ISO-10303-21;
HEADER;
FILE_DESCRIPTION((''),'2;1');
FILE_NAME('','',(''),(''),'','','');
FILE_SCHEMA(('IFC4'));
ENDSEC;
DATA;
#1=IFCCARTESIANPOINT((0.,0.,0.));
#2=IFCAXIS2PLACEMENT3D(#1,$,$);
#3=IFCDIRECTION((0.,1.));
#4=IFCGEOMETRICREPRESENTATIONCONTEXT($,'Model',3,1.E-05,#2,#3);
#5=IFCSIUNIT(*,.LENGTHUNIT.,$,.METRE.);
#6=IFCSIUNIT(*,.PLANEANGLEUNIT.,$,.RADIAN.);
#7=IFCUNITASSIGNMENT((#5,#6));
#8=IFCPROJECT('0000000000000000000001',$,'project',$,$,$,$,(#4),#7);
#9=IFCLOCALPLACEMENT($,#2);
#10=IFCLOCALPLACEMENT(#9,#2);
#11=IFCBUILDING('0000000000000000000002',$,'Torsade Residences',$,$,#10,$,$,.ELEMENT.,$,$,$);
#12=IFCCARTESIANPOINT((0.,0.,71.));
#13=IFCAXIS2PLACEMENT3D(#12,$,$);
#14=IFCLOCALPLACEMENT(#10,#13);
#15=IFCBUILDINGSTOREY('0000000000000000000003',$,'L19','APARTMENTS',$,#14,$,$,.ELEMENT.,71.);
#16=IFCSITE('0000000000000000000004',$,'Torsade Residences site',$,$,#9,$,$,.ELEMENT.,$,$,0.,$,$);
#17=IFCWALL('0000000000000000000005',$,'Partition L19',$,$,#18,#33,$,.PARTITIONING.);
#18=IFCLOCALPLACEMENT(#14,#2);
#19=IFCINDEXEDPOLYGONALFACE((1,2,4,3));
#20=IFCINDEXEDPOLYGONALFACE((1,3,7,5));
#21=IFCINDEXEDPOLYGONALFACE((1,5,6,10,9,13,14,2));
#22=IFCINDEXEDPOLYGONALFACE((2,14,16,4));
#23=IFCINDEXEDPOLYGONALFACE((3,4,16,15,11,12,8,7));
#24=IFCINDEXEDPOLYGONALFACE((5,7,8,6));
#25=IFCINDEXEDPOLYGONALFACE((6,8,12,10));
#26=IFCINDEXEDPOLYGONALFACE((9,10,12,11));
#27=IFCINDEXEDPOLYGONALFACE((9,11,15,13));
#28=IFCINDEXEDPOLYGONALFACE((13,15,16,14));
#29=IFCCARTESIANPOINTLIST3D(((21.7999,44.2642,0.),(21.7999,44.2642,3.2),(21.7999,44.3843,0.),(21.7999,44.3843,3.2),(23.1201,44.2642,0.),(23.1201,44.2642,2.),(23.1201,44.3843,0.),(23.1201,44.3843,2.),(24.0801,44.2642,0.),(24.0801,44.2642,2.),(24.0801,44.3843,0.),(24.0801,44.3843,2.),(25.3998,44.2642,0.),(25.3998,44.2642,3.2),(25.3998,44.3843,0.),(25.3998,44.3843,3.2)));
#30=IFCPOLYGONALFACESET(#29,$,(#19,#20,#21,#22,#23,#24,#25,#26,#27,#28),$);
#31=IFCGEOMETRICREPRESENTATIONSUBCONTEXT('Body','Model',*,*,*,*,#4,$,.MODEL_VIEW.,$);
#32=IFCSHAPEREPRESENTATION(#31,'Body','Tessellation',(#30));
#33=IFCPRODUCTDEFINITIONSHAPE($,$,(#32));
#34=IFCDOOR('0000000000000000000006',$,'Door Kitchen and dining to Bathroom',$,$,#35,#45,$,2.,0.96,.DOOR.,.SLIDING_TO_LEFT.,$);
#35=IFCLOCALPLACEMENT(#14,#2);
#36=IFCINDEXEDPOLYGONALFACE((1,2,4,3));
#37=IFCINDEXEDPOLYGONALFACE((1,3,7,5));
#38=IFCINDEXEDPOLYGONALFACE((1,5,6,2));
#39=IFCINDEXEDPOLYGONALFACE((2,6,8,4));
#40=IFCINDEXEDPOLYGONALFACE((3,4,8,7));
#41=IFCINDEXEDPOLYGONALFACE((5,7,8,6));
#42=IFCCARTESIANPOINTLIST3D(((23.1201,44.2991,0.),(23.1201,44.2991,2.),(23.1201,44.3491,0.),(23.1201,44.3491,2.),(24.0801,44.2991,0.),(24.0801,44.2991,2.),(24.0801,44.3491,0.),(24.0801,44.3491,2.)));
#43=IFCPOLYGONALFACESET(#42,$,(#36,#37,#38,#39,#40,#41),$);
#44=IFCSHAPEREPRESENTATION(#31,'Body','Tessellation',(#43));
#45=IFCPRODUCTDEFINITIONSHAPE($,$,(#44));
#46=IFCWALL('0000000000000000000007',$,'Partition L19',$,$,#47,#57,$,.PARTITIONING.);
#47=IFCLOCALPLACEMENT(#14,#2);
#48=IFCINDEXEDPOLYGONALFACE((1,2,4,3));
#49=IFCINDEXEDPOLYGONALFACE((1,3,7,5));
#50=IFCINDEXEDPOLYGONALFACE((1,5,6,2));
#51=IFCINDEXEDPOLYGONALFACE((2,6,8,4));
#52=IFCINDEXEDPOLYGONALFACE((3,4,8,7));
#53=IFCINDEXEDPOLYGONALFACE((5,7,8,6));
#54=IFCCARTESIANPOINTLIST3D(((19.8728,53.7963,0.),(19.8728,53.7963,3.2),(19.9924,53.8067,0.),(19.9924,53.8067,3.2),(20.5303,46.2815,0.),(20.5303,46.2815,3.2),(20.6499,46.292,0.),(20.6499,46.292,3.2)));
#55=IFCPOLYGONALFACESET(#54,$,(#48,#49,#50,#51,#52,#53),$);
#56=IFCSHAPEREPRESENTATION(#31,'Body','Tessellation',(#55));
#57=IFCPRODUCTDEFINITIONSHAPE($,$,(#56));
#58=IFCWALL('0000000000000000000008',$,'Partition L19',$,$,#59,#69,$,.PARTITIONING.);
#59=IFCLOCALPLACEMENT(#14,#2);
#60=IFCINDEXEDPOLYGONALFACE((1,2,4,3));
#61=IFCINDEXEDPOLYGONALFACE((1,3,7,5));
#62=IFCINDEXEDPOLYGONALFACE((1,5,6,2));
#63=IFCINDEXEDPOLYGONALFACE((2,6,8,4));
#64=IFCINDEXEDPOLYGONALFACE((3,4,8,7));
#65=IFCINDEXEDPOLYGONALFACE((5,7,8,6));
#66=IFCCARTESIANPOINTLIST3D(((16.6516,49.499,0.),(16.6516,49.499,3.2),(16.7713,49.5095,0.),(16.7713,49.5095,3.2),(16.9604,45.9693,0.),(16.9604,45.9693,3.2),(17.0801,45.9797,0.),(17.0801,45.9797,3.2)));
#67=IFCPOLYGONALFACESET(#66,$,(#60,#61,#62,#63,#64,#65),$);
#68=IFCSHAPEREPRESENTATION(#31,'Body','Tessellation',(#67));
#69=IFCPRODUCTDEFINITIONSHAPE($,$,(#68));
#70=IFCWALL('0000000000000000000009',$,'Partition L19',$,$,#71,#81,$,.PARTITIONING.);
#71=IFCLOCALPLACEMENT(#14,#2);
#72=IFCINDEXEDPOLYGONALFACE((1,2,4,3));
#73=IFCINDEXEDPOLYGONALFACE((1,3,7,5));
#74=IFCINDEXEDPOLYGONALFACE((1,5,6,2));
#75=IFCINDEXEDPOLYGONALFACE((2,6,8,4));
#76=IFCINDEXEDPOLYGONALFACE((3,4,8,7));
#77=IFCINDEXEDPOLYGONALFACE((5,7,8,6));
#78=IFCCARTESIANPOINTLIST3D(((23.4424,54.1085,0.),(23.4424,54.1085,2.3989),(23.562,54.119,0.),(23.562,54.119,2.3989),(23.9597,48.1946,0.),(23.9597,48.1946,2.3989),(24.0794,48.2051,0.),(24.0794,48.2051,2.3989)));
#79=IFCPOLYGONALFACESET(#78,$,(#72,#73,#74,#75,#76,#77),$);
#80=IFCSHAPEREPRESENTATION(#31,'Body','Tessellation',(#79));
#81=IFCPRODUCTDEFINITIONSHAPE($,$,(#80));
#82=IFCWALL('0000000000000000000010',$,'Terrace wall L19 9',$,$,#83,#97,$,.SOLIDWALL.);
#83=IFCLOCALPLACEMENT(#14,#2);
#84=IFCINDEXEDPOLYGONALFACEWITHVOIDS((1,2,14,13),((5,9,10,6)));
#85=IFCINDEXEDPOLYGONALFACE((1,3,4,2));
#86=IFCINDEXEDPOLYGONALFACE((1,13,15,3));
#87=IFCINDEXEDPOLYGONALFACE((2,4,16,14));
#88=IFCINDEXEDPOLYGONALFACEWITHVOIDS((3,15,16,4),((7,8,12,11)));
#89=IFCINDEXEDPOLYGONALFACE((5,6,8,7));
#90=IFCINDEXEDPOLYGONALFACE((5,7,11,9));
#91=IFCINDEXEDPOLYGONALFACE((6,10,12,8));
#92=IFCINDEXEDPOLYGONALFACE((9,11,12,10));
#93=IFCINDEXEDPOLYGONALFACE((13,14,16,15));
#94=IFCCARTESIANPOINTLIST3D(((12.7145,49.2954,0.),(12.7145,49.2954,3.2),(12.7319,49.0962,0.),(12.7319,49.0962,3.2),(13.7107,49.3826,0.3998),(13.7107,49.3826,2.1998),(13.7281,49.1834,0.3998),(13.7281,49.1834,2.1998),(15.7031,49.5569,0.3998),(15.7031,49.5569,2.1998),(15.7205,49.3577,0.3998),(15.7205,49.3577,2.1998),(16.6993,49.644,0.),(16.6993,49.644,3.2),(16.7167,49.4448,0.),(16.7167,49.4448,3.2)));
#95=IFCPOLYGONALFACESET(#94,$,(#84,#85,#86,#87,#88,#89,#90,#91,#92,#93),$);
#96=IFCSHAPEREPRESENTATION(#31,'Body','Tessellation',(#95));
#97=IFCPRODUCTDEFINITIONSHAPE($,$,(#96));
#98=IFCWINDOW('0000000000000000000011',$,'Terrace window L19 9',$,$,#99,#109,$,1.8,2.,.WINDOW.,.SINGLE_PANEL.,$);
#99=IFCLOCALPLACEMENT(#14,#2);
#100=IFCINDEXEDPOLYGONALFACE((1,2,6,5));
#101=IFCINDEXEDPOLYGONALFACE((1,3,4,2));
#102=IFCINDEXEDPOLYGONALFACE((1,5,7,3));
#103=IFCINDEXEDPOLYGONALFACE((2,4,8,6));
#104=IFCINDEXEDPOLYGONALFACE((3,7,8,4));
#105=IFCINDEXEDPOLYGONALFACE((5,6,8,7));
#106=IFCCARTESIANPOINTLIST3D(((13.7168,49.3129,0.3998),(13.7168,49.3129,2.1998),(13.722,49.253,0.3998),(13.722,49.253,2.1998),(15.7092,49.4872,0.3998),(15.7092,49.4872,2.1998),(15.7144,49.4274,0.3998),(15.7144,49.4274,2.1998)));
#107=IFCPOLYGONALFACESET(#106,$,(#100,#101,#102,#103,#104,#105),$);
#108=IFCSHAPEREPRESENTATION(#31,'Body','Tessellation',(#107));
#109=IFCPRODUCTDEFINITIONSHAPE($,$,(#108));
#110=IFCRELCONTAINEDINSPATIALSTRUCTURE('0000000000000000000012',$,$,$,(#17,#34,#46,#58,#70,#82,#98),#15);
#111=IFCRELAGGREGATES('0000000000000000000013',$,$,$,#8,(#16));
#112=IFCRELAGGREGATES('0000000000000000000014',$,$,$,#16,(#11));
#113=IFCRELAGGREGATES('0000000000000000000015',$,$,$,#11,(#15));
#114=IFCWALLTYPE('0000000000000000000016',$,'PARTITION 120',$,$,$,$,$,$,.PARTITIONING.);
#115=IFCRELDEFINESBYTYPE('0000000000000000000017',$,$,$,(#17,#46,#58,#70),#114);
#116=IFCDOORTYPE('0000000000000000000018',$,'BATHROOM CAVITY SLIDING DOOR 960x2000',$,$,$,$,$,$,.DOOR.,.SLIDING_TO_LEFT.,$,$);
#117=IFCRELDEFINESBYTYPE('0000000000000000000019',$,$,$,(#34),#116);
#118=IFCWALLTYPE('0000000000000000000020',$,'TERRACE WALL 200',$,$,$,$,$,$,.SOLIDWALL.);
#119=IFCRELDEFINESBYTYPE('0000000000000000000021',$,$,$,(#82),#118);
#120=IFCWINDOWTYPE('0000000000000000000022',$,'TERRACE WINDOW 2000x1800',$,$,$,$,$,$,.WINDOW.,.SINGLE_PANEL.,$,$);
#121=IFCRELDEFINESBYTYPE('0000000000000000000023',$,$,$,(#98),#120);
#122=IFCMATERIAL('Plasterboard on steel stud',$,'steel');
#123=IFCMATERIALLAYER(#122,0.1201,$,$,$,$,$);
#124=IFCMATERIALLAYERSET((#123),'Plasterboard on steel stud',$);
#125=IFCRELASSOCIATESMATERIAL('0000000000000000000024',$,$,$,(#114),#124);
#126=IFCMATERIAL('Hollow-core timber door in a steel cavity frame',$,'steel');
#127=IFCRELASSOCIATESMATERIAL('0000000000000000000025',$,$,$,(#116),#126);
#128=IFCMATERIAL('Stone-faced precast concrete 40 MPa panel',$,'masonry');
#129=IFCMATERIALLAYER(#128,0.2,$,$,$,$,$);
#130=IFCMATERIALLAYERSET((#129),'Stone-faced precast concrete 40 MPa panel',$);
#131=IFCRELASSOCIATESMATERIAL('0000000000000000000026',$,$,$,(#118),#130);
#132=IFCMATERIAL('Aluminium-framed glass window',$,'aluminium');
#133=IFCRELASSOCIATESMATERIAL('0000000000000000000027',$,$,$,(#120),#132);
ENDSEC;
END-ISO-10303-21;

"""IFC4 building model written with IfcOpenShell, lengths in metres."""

from ifc_helpers import new_model, si_unit, direction, frame, frame_2d, origin, place, context, subcontext, project, spatial, rectangle, extrude, material, layer, layer_set, type_object, element, fill, save


model = new_model("IFC4")

# Units and contexts
model_context = context("Model", 3, precision=1e-05, world=origin(), true_north=direction((0.0, 1.0)))
body_context = subcontext(model_context, "Body", "Model", "MODEL_VIEW")
ifc_project = project(units=[si_unit("LENGTHUNIT", "METRE"), si_unit("PLANEANGLEUNIT", "RADIAN")], contexts=[model_context])

# Site, building, storey
site_placement = place(None, origin())
site = spatial("IfcSite", under=ifc_project, at=site_placement, Name="Torsade Residences site", CompositionType="ELEMENT", RefElevation=0.0)
building_placement = place(site_placement, origin())
building = spatial("IfcBuilding", under=site, at=building_placement, Name="Torsade Residences", CompositionType="ELEMENT")
storey_placement = place(building_placement, frame((0.0, 0.0, 71.0)))
storey = spatial("IfcBuildingStorey", under=building, at=storey_placement, Name="L19", Description="APARTMENTS", CompositionType="ELEMENT", Elevation=71.0)

# Shared definitions
ifc_material_1 = material(Name="Plasterboard on steel stud", Category="steel")
ifc_layer_1 = layer(ifc_material_1, 0.1201)
ifc_layer_set_1 = layer_set([ifc_layer_1], Name="Plasterboard on steel stud")
wall_type_1 = type_object("IfcWallType", Name="PARTITION 120", PredefinedType="PARTITIONING", material=ifc_layer_set_1)

# Wall, opening, door
wall_1_placement = place(storey_placement, frame((21.8, 44.3242, 0.0), z_axis=(0.0, 0.0, 1.0), x_axis=(1.0, 0.0, 0.0)))
wall_1 = element("IfcWall", 1, at=wall_1_placement, inside=storey, type_object=wall_type_1, Name="Partition L19", PredefinedType="PARTITIONING", context=body_context, shape_type="SweptSolid", body=[
    extrude(rectangle(XDim=3.5999, YDim=0.1201, at=frame_2d((1.7998, 0.0))), origin(), (0.0, 0.0, 1.0), 3.2),
])
opening_1_placement = place(wall_1_placement, frame((1.3201, 0.0, 0.0)))
opening_1 = element("IfcOpeningElement", 2, at=opening_1_placement, cuts=wall_1, PredefinedType="OPENING", context=body_context, shape_type="SweptSolid", body=[
    extrude(rectangle(XDim=0.96, YDim=2.0, at=frame_2d((0.48, 1.0))), frame((0.0, 0.0701, 0.0), z_axis=(0.0, -1.0, 0.0), x_axis=(1.0, 0.0, 0.0)), (0.0, 0.0, 1.0), 0.1401),
])
ifc_material_2 = material(Name="Hollow-core timber door in a steel cavity frame", Category="steel")
door_type_1 = type_object("IfcDoorType", Name="BATHROOM CAVITY SLIDING DOOR 960x2000", OperationType="SLIDING_TO_LEFT", PredefinedType="DOOR", material=ifc_material_2)
door_1_placement = place(opening_1_placement, origin())
door_1 = element("IfcDoor", 3, at=door_1_placement, inside=storey, type_object=door_type_1, Name="Door Kitchen and dining to Bathroom", OperationType="SLIDING_TO_LEFT", OverallHeight=2.0, OverallWidth=0.96, PredefinedType="DOOR", context=body_context, shape_type="SweptSolid", body=[
    extrude(rectangle(XDim=0.96, YDim=2.0, at=frame_2d((0.48, 1.0))), frame((0.0, 0.0249, 0.0), z_axis=(0.0, -1.0, 0.0), x_axis=(1.0, 0.0, 0.0)), (0.0, 0.0, 1.0), 0.05),
])
fill(opening_1, door_1)

# Walls
wall_2_placement = place(storey_placement, frame((19.9326, 53.8015, 0.0), z_axis=(0.0, 0.0, 1.0), x_axis=(0.087159, -0.996194, 0.0)))
element("IfcWall", 4, at=wall_2_placement, inside=storey, type_object=wall_type_1, Name="Partition L19", PredefinedType="PARTITIONING", context=body_context, shape_type="SweptSolid", body=[
    extrude(rectangle(XDim=7.5435, YDim=0.1201, at=frame_2d((3.7717, 0.0))), origin(), (0.0, 0.0, 1.0), 3.2),
])
wall_3_placement = place(storey_placement, frame((17.0203, 45.9746, 0.0), z_axis=(0.0, 0.0, 1.0), x_axis=(-0.087162, 0.996194, 0.0)))
element("IfcWall", 5, at=wall_3_placement, inside=storey, type_object=wall_type_1, Name="Partition L19", PredefinedType="PARTITIONING", context=body_context, shape_type="SweptSolid", body=[
    extrude(rectangle(XDim=3.5432, YDim=0.1201, at=frame_2d((1.7715, 0.0))), origin(), (0.0, 0.0, 1.0), 3.2),
])
wall_4_placement = place(storey_placement, frame((23.5022, 54.1138, 0.0), z_axis=(0.0, 0.0, 1.0), x_axis=(0.087146, -0.996196, 0.0)))
element("IfcWall", 6, at=wall_4_placement, inside=storey, type_object=wall_type_1, Name="Partition L19", PredefinedType="PARTITIONING", context=body_context, shape_type="SweptSolid", body=[
    extrude(rectangle(XDim=5.9365, YDim=0.1201, at=frame_2d((2.9683, 0.0))), origin(), (0.0, 0.0, 1.0), 2.3989),
])

# Wall, opening, window
ifc_material_3 = material(Name="Stone-faced precast concrete 40 MPa panel", Category="masonry")
ifc_layer_2 = layer(ifc_material_3, 0.2)
ifc_layer_set_2 = layer_set([ifc_layer_2], Name="Stone-faced precast concrete 40 MPa panel")
wall_type_2 = type_object("IfcWallType", Name="TERRACE WALL 200", PredefinedType="SOLIDWALL", material=ifc_layer_set_2)
wall_5_placement = place(storey_placement, frame((16.708, 49.5444, 0.0), z_axis=(0.0, 0.0, 1.0), x_axis=(-0.996195, -0.087156, 0.0)))
wall_5 = element("IfcWall", 7, at=wall_5_placement, inside=storey, type_object=wall_type_2, Name="Terrace wall L19 9", PredefinedType="SOLIDWALL", context=body_context, shape_type="SweptSolid", body=[
    extrude(rectangle(XDim=4.0, YDim=0.2, at=frame_2d((2.0, 0.0))), origin(), (0.0, 0.0, 1.0), 3.2),
])
opening_2_placement = place(wall_5_placement, frame((1.0, 0.0, 0.3999)))
opening_2 = element("IfcOpeningElement", 8, at=opening_2_placement, cuts=wall_5, PredefinedType="OPENING", context=body_context, shape_type="SweptSolid", body=[
    extrude(rectangle(XDim=2.0, YDim=1.8, at=frame_2d((1.0, 0.8999))), frame((0.0, 0.1099, 0.0), z_axis=(0.0, -1.0, 0.0), x_axis=(1.0, 0.0, 0.0)), (0.0, 0.0, 1.0), 0.22),
])
ifc_material_4 = material(Name="Aluminium-framed glass window", Category="aluminium")
window_type = type_object("IfcWindowType", Name="TERRACE WINDOW 2000x1800", PartitioningType="SINGLE_PANEL", PredefinedType="WINDOW", material=ifc_material_4)
window_placement = place(opening_2_placement, origin())
window = element("IfcWindow", 9, at=window_placement, inside=storey, type_object=window_type, Name="Terrace window L19 9", OverallHeight=1.8, OverallWidth=2.0, PartitioningType="SINGLE_PANEL", PredefinedType="WINDOW", context=body_context, shape_type="SweptSolid", body=[
    extrude(rectangle(XDim=2.0, YDim=1.8, at=frame_2d((1.0, 0.8999))), frame((0.0, 0.03, 0.0), z_axis=(0.0, -1.0, 0.0), x_axis=(1.0, 0.0, 0.0)), (0.0, 0.0, 1.0), 0.0601),
])
fill(opening_2, window)

save(model, "model.ifc")
